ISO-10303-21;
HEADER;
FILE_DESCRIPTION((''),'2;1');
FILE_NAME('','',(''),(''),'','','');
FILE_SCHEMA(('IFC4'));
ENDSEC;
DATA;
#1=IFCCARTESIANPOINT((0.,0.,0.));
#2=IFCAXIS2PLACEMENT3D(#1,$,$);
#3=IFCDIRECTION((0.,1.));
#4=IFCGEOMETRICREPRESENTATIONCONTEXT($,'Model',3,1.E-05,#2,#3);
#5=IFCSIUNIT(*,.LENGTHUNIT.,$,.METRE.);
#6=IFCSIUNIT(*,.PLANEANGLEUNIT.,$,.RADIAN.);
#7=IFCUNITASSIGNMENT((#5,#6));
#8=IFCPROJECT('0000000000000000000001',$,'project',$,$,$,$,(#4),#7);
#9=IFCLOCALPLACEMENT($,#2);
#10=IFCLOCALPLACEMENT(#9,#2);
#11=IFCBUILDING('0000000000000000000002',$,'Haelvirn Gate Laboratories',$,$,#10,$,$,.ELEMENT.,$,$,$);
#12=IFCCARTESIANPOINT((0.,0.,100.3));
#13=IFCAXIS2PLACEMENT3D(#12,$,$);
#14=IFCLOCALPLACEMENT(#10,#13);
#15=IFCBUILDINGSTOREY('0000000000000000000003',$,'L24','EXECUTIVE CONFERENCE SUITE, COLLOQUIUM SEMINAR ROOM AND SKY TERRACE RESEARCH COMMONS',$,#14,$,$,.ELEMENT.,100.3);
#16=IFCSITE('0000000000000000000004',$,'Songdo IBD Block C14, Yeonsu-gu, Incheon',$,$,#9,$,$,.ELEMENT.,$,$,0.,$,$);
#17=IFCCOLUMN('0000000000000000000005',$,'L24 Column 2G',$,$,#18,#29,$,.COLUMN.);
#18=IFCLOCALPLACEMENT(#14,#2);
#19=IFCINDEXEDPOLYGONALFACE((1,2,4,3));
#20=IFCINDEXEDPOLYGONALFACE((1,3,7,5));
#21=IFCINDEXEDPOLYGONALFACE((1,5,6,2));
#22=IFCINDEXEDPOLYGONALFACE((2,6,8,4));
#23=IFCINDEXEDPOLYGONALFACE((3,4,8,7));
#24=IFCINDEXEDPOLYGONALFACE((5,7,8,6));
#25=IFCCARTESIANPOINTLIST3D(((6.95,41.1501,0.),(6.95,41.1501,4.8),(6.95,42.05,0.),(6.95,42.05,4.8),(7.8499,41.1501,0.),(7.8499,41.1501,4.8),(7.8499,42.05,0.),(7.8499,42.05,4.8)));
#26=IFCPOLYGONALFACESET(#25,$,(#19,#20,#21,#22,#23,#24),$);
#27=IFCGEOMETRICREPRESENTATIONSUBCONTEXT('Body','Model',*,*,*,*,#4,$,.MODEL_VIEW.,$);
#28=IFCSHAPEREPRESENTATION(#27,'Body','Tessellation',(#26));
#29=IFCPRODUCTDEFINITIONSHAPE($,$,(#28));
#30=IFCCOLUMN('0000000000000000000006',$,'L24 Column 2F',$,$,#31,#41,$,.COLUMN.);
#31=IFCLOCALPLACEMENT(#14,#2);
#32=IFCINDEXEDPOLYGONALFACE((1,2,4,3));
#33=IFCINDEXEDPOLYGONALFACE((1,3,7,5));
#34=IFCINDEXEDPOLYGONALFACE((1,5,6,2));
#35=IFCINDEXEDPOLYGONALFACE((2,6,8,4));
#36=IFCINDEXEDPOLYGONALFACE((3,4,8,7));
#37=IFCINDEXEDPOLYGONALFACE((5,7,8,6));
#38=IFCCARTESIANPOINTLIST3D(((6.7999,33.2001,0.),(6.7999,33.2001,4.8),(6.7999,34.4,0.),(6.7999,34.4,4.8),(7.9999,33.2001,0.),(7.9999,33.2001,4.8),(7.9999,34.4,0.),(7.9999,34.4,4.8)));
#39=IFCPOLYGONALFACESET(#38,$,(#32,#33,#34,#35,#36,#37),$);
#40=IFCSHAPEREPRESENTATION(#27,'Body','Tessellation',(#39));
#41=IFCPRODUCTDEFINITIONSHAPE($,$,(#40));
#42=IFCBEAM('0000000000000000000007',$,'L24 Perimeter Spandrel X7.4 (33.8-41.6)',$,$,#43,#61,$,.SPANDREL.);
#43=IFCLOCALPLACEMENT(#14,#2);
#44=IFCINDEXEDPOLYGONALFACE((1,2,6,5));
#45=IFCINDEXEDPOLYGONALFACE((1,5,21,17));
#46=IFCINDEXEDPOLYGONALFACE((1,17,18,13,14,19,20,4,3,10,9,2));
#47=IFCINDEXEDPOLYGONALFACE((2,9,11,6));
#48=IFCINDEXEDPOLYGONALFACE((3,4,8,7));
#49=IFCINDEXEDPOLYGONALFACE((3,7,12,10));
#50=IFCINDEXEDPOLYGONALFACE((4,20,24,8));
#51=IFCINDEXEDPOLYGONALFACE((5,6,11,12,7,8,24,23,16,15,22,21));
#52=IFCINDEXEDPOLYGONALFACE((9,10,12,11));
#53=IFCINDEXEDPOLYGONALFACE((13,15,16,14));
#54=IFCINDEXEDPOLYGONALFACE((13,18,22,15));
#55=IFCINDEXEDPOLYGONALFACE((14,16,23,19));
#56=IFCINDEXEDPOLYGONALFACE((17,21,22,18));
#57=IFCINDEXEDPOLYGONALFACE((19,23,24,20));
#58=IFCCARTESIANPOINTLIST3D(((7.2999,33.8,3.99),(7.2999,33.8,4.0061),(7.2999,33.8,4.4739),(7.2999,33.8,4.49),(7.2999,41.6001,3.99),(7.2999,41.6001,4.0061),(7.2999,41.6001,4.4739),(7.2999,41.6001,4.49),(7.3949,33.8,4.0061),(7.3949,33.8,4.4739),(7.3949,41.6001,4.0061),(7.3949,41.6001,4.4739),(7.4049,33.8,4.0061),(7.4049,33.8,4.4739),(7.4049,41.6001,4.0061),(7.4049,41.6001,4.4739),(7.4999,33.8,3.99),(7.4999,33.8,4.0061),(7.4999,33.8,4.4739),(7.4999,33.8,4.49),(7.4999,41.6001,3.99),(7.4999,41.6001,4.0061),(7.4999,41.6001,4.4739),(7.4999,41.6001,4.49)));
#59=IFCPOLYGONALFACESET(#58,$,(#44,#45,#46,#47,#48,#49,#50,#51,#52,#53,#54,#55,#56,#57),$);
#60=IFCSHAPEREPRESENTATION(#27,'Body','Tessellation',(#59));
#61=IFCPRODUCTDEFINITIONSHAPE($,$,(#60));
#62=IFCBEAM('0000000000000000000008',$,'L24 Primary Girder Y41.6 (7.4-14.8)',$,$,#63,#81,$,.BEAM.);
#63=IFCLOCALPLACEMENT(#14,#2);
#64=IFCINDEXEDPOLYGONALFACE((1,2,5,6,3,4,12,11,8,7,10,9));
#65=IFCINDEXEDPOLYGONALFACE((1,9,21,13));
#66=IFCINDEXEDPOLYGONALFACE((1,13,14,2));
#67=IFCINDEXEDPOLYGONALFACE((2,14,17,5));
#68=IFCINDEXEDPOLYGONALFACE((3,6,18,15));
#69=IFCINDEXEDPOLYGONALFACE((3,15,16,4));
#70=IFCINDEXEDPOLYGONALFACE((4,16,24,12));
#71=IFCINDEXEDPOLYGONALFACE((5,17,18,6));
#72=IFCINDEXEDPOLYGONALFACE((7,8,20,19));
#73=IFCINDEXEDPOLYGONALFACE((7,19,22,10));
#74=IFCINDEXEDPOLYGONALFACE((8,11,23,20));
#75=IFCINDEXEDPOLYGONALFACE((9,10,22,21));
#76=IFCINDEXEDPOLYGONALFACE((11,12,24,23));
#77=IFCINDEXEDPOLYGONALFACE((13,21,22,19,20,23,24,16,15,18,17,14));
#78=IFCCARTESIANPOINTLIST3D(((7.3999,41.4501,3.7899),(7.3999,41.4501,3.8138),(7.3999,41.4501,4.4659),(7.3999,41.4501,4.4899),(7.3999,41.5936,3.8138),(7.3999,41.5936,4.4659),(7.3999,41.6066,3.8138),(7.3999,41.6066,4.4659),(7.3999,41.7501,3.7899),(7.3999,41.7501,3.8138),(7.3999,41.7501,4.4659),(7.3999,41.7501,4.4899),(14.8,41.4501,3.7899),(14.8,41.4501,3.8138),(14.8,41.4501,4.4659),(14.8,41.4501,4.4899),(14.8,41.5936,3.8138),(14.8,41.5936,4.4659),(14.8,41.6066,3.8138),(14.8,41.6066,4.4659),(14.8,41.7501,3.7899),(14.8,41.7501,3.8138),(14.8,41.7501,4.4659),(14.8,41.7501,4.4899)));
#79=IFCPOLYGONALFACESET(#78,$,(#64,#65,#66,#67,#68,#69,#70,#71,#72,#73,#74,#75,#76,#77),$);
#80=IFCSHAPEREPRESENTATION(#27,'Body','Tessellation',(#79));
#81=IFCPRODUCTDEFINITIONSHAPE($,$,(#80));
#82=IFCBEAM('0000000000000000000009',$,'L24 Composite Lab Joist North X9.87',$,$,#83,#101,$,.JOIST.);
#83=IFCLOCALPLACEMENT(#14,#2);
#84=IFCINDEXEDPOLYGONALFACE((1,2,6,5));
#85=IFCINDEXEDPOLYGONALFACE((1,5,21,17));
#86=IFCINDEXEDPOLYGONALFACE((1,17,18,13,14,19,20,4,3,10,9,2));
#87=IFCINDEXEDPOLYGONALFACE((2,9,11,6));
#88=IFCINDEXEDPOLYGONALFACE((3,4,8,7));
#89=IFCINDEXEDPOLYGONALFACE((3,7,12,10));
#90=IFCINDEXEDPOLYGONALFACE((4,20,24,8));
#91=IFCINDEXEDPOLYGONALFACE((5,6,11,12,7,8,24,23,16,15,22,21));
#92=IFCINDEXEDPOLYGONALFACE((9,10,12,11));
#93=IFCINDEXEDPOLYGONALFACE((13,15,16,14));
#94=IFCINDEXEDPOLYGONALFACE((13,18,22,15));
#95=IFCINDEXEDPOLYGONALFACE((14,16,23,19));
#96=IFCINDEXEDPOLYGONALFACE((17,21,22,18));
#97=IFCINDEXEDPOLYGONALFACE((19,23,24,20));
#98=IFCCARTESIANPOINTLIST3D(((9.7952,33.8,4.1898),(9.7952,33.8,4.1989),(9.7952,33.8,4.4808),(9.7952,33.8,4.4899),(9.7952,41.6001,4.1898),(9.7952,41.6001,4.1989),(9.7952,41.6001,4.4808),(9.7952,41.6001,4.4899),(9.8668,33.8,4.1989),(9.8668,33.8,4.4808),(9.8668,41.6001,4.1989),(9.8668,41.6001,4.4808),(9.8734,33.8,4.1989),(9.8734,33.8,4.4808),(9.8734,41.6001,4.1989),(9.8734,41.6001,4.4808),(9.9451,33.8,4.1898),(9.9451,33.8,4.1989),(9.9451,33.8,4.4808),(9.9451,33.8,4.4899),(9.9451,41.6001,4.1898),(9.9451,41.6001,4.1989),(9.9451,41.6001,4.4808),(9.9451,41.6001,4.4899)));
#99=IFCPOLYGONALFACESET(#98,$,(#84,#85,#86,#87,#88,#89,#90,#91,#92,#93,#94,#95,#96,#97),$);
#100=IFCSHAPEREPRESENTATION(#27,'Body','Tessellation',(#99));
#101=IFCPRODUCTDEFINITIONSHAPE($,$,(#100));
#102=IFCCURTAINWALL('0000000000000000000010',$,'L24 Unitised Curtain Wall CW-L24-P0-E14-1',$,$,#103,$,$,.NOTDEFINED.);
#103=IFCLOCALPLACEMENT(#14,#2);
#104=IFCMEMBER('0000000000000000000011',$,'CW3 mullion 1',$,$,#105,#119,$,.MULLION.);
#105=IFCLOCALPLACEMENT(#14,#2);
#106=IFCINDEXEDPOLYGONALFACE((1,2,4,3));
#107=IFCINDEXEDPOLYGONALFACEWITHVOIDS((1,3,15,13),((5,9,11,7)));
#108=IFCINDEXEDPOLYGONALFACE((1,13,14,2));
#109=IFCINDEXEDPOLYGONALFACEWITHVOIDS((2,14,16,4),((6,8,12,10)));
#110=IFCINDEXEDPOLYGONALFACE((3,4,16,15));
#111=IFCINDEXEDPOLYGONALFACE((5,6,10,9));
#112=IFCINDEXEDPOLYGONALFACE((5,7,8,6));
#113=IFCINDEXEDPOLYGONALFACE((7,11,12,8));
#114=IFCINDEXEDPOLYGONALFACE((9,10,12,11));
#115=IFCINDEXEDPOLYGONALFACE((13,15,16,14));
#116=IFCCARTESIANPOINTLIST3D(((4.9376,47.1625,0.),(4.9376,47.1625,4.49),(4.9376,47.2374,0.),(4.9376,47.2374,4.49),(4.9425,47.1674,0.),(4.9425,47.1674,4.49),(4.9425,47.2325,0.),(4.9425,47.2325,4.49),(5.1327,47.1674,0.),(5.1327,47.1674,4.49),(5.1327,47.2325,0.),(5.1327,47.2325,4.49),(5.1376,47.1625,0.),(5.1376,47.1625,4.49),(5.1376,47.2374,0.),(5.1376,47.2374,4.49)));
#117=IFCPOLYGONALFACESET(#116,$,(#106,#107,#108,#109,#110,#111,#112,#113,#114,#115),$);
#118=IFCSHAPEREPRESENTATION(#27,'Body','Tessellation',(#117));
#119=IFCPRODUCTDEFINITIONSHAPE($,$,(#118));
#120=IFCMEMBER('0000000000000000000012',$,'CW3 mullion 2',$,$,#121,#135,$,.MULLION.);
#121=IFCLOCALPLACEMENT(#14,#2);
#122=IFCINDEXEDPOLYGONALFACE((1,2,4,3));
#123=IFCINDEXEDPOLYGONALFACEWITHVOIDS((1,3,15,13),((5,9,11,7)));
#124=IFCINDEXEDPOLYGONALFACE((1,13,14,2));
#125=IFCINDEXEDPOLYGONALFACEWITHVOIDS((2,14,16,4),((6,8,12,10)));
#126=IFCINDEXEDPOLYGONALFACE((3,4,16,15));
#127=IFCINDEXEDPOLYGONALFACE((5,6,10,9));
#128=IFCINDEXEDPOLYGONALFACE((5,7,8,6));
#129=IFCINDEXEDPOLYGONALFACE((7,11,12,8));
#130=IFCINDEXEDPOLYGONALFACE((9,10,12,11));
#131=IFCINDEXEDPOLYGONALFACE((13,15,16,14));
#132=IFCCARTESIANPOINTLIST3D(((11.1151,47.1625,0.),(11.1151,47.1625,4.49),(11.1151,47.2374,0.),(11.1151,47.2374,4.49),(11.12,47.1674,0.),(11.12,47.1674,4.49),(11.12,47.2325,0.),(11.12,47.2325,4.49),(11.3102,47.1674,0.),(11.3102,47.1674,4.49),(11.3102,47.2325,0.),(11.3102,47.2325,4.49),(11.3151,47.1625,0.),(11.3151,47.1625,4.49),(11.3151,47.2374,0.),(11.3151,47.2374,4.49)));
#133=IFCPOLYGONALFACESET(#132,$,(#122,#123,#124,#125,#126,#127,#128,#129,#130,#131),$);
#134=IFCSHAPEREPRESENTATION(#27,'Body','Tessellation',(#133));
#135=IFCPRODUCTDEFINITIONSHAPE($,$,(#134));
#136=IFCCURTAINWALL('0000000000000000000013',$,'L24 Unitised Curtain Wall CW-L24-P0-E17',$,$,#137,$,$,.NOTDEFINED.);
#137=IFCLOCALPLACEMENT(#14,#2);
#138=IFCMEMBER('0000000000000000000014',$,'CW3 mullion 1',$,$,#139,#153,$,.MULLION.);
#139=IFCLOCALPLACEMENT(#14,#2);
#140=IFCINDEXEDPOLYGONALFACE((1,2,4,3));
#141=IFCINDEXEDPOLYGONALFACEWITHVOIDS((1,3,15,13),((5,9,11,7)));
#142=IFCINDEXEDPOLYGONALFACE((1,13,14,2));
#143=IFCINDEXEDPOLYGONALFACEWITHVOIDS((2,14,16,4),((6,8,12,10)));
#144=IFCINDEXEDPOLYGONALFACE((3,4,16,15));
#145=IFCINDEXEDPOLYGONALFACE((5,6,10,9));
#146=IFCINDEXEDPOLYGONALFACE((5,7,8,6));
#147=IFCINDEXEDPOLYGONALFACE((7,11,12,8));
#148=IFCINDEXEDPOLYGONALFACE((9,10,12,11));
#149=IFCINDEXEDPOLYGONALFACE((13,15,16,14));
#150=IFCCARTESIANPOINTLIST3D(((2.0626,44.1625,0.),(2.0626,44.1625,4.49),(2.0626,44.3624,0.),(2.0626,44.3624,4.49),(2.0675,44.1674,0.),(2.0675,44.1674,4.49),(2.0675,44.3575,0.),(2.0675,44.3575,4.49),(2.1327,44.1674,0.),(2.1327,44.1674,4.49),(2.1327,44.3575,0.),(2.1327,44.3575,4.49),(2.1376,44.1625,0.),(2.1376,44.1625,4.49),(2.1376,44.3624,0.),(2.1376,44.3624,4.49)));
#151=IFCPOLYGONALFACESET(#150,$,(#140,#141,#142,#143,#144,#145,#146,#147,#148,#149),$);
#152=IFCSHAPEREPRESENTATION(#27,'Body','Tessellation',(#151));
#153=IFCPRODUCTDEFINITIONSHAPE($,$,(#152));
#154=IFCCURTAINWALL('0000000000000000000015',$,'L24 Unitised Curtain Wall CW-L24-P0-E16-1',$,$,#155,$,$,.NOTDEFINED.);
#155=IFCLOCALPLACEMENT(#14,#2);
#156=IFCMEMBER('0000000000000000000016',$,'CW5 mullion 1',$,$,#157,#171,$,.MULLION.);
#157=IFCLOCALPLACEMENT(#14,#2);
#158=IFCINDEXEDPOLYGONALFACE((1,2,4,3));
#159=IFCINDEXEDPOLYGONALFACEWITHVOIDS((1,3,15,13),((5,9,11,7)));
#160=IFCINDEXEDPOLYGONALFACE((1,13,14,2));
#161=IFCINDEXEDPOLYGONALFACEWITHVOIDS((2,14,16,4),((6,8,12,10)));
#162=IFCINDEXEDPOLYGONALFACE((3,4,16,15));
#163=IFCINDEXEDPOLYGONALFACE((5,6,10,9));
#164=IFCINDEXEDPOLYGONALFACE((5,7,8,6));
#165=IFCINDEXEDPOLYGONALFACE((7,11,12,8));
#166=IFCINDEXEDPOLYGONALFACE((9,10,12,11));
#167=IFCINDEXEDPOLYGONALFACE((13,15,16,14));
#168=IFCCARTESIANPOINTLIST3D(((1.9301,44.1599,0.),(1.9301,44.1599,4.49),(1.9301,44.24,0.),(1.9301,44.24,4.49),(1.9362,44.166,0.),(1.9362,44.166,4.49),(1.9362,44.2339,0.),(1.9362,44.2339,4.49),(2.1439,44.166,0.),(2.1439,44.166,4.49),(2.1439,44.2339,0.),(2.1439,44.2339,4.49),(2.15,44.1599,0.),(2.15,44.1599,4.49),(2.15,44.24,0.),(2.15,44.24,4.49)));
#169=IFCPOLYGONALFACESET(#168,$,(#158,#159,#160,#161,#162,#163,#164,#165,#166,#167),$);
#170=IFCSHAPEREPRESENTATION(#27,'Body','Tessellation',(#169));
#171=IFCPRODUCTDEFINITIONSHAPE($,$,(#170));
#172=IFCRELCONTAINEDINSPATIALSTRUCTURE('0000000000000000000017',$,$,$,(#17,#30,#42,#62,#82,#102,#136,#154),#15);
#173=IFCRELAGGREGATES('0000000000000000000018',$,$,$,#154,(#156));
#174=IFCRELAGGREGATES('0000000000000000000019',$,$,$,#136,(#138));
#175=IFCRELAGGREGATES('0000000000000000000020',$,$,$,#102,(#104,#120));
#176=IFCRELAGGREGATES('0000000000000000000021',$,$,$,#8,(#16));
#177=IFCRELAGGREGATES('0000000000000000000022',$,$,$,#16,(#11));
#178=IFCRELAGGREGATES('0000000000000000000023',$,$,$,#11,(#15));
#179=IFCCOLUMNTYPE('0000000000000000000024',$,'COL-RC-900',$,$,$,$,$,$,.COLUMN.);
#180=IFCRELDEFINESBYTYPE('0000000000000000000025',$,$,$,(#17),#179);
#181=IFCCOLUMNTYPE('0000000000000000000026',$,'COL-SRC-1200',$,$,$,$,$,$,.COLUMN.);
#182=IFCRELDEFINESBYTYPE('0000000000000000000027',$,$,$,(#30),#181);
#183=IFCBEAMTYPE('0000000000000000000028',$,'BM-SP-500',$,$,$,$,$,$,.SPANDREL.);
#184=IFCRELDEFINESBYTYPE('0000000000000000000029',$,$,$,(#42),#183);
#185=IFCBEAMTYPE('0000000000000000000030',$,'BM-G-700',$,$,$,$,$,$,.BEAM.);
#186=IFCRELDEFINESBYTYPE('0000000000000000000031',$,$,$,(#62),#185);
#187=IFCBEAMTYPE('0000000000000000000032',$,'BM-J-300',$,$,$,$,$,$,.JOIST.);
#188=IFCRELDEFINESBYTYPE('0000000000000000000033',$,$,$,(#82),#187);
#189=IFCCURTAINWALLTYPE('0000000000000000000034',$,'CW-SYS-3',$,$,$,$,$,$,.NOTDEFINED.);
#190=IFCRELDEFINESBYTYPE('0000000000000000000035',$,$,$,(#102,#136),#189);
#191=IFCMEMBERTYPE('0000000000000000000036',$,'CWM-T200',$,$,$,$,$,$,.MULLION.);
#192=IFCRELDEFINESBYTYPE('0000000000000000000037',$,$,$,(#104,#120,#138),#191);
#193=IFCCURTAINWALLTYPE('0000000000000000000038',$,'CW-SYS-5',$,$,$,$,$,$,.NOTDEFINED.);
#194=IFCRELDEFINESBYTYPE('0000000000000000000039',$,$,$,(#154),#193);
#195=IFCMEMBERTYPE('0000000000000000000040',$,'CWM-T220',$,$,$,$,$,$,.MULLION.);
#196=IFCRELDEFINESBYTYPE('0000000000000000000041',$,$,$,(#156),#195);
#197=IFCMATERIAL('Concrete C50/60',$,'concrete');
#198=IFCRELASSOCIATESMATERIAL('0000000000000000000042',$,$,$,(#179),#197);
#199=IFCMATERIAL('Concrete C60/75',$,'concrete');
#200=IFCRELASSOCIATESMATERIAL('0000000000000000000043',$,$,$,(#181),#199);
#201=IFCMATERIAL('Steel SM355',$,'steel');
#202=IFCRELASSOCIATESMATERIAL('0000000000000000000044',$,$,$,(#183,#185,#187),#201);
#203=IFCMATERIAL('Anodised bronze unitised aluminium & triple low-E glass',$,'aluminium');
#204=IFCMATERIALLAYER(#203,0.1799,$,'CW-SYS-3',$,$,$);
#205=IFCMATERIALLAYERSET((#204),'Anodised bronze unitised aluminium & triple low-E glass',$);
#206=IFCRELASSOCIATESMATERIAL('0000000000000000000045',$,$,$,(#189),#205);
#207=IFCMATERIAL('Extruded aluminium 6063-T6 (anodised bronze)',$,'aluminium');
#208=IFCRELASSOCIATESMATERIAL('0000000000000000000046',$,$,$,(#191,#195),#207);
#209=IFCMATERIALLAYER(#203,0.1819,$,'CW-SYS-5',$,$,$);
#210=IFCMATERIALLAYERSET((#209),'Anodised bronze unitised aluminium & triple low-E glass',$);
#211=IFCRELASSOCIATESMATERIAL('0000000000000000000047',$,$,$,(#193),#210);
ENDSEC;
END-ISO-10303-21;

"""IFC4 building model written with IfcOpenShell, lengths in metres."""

from ifc_helpers import new_model, si_unit, direction, frame, origin, origin_2d, place, context, subcontext, project, spatial, rectangle, hollow_rectangle, i_section, extrude, source, transform, mapped, material, layer, layer_set, material_profile, profile_set, type_object, type_shapes, element, aggregate, save


model = new_model("IFC4")

# Units and contexts
model_context = context("Model", 3, precision=1e-05, world=origin(), true_north=direction((0.0, 1.0)))
body_context = subcontext(model_context, "Body", "Model", "MODEL_VIEW")
ifc_project = project(units=[si_unit("LENGTHUNIT", "METRE"), si_unit("PLANEANGLEUNIT", "RADIAN")], contexts=[model_context])

# Site, building, storey
site_placement = place(None, origin())
site = spatial("IfcSite", under=ifc_project, at=site_placement, Name="Songdo IBD Block C14, Yeonsu-gu, Incheon", CompositionType="ELEMENT", RefElevation=0.0)
building_placement = place(site_placement, origin())
building = spatial("IfcBuilding", under=site, at=building_placement, Name="Haelvirn Gate Laboratories", CompositionType="ELEMENT")
storey_placement = place(building_placement, frame((0.0, 0.0, 100.3)))
storey = spatial("IfcBuildingStorey", under=building, at=storey_placement, Name="L24", Description="EXECUTIVE CONFERENCE SUITE, COLLOQUIUM SEMINAR ROOM AND SKY TERRACE RESEARCH COMMONS", CompositionType="ELEMENT", Elevation=100.3)

# Columns
ifc_material_1 = material(Name="Concrete C50/60", Category="concrete")
ifc_material_profile_1 = material_profile(ifc_material_1, rectangle(XDim=0.8999, YDim=0.8999, at=origin_2d()), Name="RC-900x900")
ifc_profile_set_1 = profile_set([ifc_material_profile_1], Name="Concrete C50/60")
column_type_1 = type_object("IfcColumnType", Name="COL-RC-900", PredefinedType="COLUMN", material=ifc_profile_set_1)
shared_shape_1 = source(origin(), body_context, "Body", "SweptSolid", [
    extrude(rectangle(XDim=0.8999, YDim=0.8999, at=origin_2d()), origin(), (0.0, 0.0, 1.0), 4.8),
])
type_shapes(column_type_1, [shared_shape_1])
column_1_placement = place(storey_placement, frame((7.3999, 41.6001, 0.0), z_axis=(0.0, 0.0, 1.0), x_axis=(1.0, 0.0, 0.0)))
element("IfcColumn", 1, at=column_1_placement, inside=storey, type_object=column_type_1, Name="L24 Column 2G", PredefinedType="COLUMN", context=body_context, shape_type="MappedRepresentation", body=[
    mapped(shared_shape_1, transform((0.0, 0.0, 0.0), scale=1.0)),
])
ifc_material_2 = material(Name="Concrete C60/75", Category="concrete")
ifc_material_profile_2 = material_profile(ifc_material_2, rectangle(XDim=1.2, YDim=1.2, at=origin_2d()), Name="SRC-1200x1200")
ifc_profile_set_2 = profile_set([ifc_material_profile_2], Name="Concrete C60/75")
column_type_2 = type_object("IfcColumnType", Name="COL-SRC-1200", PredefinedType="COLUMN", material=ifc_profile_set_2)
shared_shape_2 = source(origin(), body_context, "Body", "SweptSolid", [
    extrude(rectangle(XDim=1.2, YDim=1.2, at=origin_2d()), origin(), (0.0, 0.0, 1.0), 4.8),
])
type_shapes(column_type_2, [shared_shape_2])
column_2_placement = place(storey_placement, frame((7.3999, 33.8, 0.0), z_axis=(0.0, 0.0, 1.0), x_axis=(1.0, 0.0, 0.0)))
element("IfcColumn", 2, at=column_2_placement, inside=storey, type_object=column_type_2, Name="L24 Column 2F", PredefinedType="COLUMN", context=body_context, shape_type="MappedRepresentation", body=[
    mapped(shared_shape_2, transform((0.0, 0.0, 0.0), scale=1.0)),
])

# Beams
ifc_material_3 = material(Name="Steel SM355", Category="steel")
ifc_material_profile_3 = material_profile(ifc_material_3, i_section(OverallWidth=0.2, OverallDepth=0.5, WebThickness=0.01, FlangeThickness=0.0161, at=origin_2d()), Name="H-500x200x10x16")
ifc_profile_set_3 = profile_set([ifc_material_profile_3], Name="Steel SM355")
beam_type_1 = type_object("IfcBeamType", Name="BM-SP-500", PredefinedType="SPANDREL", material=ifc_profile_set_3)
shared_shape_3 = source(origin(), body_context, "Body", "SweptSolid", [
    extrude(i_section(OverallWidth=0.2, OverallDepth=0.5, WebThickness=0.01, FlangeThickness=0.0161, at=origin_2d()), origin(), (0.0, 0.0, 1.0), 7.8),
])
type_shapes(beam_type_1, [shared_shape_3])
beam_1_placement = place(storey_placement, frame((7.3999, 33.8, 4.24), z_axis=(0.0, 1.0, 0.0), x_axis=(-1.0, 0.0, 0.0)))
element("IfcBeam", 3, at=beam_1_placement, inside=storey, type_object=beam_type_1, Name="L24 Perimeter Spandrel X7.4 (33.8-41.6)", PredefinedType="SPANDREL", context=body_context, shape_type="MappedRepresentation", body=[
    mapped(shared_shape_3, transform((0.0, 0.0, 0.0), scale=1.0)),
])
ifc_material_profile_4 = material_profile(ifc_material_3, i_section(OverallWidth=0.3, OverallDepth=0.7, WebThickness=0.0129, FlangeThickness=0.0239, at=origin_2d()), Name="H-700x300x13x24")
ifc_profile_set_4 = profile_set([ifc_material_profile_4], Name="Steel SM355")
beam_type_2 = type_object("IfcBeamType", Name="BM-G-700", PredefinedType="BEAM", material=ifc_profile_set_4)
shared_shape_4 = source(origin(), body_context, "Body", "SweptSolid", [
    extrude(i_section(OverallWidth=0.3, OverallDepth=0.7, WebThickness=0.0129, FlangeThickness=0.0239, at=origin_2d()), origin(), (0.0, 0.0, 1.0), 7.4001),
])
type_shapes(beam_type_2, [shared_shape_4])
beam_2_placement = place(storey_placement, frame((7.3999, 41.6001, 4.1399), z_axis=(1.0, 0.0, 0.0), x_axis=(0.0, 1.0, 0.0)))
element("IfcBeam", 4, at=beam_2_placement, inside=storey, type_object=beam_type_2, Name="L24 Primary Girder Y41.6 (7.4-14.8)", PredefinedType="BEAM", context=body_context, shape_type="MappedRepresentation", body=[
    mapped(shared_shape_4, transform((0.0, 0.0, 0.0), scale=1.0)),
])
ifc_material_profile_5 = material_profile(ifc_material_3, i_section(OverallWidth=0.1499, OverallDepth=0.3, WebThickness=0.0066, FlangeThickness=0.009, at=origin_2d()), Name="H-300x150x6.5x9")
ifc_profile_set_5 = profile_set([ifc_material_profile_5], Name="Steel SM355")
beam_type_3 = type_object("IfcBeamType", Name="BM-J-300", PredefinedType="JOIST", material=ifc_profile_set_5)
shared_shape_5 = source(origin(), body_context, "Body", "SweptSolid", [
    extrude(i_section(OverallWidth=0.1499, OverallDepth=0.3, WebThickness=0.0066, FlangeThickness=0.009, at=origin_2d()), origin(), (0.0, 0.0, 1.0), 7.8),
])
type_shapes(beam_type_3, [shared_shape_5])
beam_3_placement = place(storey_placement, frame((9.8701, 33.8, 4.3398), z_axis=(0.0, 1.0, 0.0), x_axis=(-1.0, 0.0, 0.0)))
element("IfcBeam", 5, at=beam_3_placement, inside=storey, type_object=beam_type_3, Name="L24 Composite Lab Joist North X9.87", PredefinedType="JOIST", context=body_context, shape_type="MappedRepresentation", body=[
    mapped(shared_shape_5, transform((0.0, 0.0, 0.0), scale=1.0)),
])

# Curtain wall, members
ifc_material_4 = material(Name="Anodised bronze unitised aluminium & triple low-E glass", Category="aluminium")
ifc_layer_1 = layer(ifc_material_4, 0.1799, Name="CW-SYS-3")
ifc_layer_set_1 = layer_set([ifc_layer_1], Name="Anodised bronze unitised aluminium & triple low-E glass")
curtain_wall_type_1 = type_object("IfcCurtainWallType", Name="CW-SYS-3", PredefinedType="NOTDEFINED", material=ifc_layer_set_1)
curtain_wall_1_placement = place(storey_placement, origin())
curtain_wall_1 = element("IfcCurtainWall", 6, at=curtain_wall_1_placement, inside=storey, type_object=curtain_wall_type_1, Name="L24 Unitised Curtain Wall CW-L24-P0-E14-1", PredefinedType="NOTDEFINED")
ifc_material_5 = material(Name="Extruded aluminium 6063-T6 (anodised bronze)", Category="aluminium")
ifc_material_profile_6 = material_profile(ifc_material_5, hollow_rectangle(XDim=0.075, YDim=0.2, WallThickness=0.0049, at=origin_2d()), Name="CWM-200x75x5")
ifc_profile_set_6 = profile_set([ifc_material_profile_6], Name="Extruded aluminium 6063-T6 (anodised bronze)")
member_type_1 = type_object("IfcMemberType", Name="CWM-T200", PredefinedType="MULLION", material=ifc_profile_set_6)
shared_shape_6 = source(origin(), body_context, "Body", "SweptSolid", [
    extrude(hollow_rectangle(XDim=0.075, YDim=0.2, WallThickness=0.0049, at=origin_2d()), origin(), (0.0, 0.0, 1.0), 4.49),
])
type_shapes(member_type_1, [shared_shape_6])
member_1_placement = place(storey_placement, frame((5.0376, 47.2, 0.0), z_axis=(0.0, 0.0, 1.0), x_axis=(0.0, 1.0, 0.0)))
member_1 = element("IfcMember", 7, at=member_1_placement, type_object=member_type_1, Name="CW3 mullion 1", PredefinedType="MULLION", context=body_context, shape_type="MappedRepresentation", body=[
    mapped(shared_shape_6, transform((0.0, 0.0, 0.0), scale=1.0)),
])
member_2_placement = place(storey_placement, frame((11.2151, 47.2, 0.0), z_axis=(0.0, 0.0, 1.0), x_axis=(0.0, 1.0, 0.0)))
member_2 = element("IfcMember", 8, at=member_2_placement, type_object=member_type_1, Name="CW3 mullion 2", PredefinedType="MULLION", context=body_context, shape_type="MappedRepresentation", body=[
    mapped(shared_shape_6, transform((0.0, 0.0, 0.0), scale=1.0)),
])

# Curtain wall, member
curtain_wall_2_placement = place(storey_placement, origin())
curtain_wall_2 = element("IfcCurtainWall", 9, at=curtain_wall_2_placement, inside=storey, type_object=curtain_wall_type_1, Name="L24 Unitised Curtain Wall CW-L24-P0-E17", PredefinedType="NOTDEFINED")
member_3_placement = place(storey_placement, frame((2.1001, 44.2625, 0.0), z_axis=(0.0, 0.0, 1.0), x_axis=(1.0, 0.0, 0.0)))
member_3 = element("IfcMember", 10, at=member_3_placement, type_object=member_type_1, Name="CW3 mullion 1", PredefinedType="MULLION", context=body_context, shape_type="MappedRepresentation", body=[
    mapped(shared_shape_6, transform((0.0, 0.0, 0.0), scale=1.0)),
])

# Curtain wall, member
ifc_layer_2 = layer(ifc_material_4, 0.1819, Name="CW-SYS-5")
ifc_layer_set_2 = layer_set([ifc_layer_2], Name="Anodised bronze unitised aluminium & triple low-E glass")
curtain_wall_type_2 = type_object("IfcCurtainWallType", Name="CW-SYS-5", PredefinedType="NOTDEFINED", material=ifc_layer_set_2)
curtain_wall_3_placement = place(storey_placement, origin())
curtain_wall_3 = element("IfcCurtainWall", 11, at=curtain_wall_3_placement, inside=storey, type_object=curtain_wall_type_2, Name="L24 Unitised Curtain Wall CW-L24-P0-E16-1", PredefinedType="NOTDEFINED")
ifc_material_profile_7 = material_profile(ifc_material_5, hollow_rectangle(XDim=0.0801, YDim=0.22, WallThickness=0.0061, at=origin_2d()), Name="CWM-220x80x6")
ifc_profile_set_7 = profile_set([ifc_material_profile_7], Name="Extruded aluminium 6063-T6 (anodised bronze)")
member_type_2 = type_object("IfcMemberType", Name="CWM-T220", PredefinedType="MULLION", material=ifc_profile_set_7)
shared_shape_7 = source(origin(), body_context, "Body", "SweptSolid", [
    extrude(hollow_rectangle(XDim=0.0801, YDim=0.22, WallThickness=0.0061, at=origin_2d()), origin(), (0.0, 0.0, 1.0), 4.49),
])
type_shapes(member_type_2, [shared_shape_7])
member_4_placement = place(storey_placement, frame((2.04, 44.2, 0.0), z_axis=(0.0, 0.0, 1.0), x_axis=(0.0, 1.0, 0.0)))
member_4 = element("IfcMember", 12, at=member_4_placement, type_object=member_type_2, Name="CW5 mullion 1", PredefinedType="MULLION", context=body_context, shape_type="MappedRepresentation", body=[
    mapped(shared_shape_7, transform((0.0, 0.0, 0.0), scale=1.0)),
])

aggregate(curtain_wall_3, [member_4])
aggregate(curtain_wall_2, [member_3])
aggregate(curtain_wall_1, [member_1, member_2])

save(model, "model.ifc")
